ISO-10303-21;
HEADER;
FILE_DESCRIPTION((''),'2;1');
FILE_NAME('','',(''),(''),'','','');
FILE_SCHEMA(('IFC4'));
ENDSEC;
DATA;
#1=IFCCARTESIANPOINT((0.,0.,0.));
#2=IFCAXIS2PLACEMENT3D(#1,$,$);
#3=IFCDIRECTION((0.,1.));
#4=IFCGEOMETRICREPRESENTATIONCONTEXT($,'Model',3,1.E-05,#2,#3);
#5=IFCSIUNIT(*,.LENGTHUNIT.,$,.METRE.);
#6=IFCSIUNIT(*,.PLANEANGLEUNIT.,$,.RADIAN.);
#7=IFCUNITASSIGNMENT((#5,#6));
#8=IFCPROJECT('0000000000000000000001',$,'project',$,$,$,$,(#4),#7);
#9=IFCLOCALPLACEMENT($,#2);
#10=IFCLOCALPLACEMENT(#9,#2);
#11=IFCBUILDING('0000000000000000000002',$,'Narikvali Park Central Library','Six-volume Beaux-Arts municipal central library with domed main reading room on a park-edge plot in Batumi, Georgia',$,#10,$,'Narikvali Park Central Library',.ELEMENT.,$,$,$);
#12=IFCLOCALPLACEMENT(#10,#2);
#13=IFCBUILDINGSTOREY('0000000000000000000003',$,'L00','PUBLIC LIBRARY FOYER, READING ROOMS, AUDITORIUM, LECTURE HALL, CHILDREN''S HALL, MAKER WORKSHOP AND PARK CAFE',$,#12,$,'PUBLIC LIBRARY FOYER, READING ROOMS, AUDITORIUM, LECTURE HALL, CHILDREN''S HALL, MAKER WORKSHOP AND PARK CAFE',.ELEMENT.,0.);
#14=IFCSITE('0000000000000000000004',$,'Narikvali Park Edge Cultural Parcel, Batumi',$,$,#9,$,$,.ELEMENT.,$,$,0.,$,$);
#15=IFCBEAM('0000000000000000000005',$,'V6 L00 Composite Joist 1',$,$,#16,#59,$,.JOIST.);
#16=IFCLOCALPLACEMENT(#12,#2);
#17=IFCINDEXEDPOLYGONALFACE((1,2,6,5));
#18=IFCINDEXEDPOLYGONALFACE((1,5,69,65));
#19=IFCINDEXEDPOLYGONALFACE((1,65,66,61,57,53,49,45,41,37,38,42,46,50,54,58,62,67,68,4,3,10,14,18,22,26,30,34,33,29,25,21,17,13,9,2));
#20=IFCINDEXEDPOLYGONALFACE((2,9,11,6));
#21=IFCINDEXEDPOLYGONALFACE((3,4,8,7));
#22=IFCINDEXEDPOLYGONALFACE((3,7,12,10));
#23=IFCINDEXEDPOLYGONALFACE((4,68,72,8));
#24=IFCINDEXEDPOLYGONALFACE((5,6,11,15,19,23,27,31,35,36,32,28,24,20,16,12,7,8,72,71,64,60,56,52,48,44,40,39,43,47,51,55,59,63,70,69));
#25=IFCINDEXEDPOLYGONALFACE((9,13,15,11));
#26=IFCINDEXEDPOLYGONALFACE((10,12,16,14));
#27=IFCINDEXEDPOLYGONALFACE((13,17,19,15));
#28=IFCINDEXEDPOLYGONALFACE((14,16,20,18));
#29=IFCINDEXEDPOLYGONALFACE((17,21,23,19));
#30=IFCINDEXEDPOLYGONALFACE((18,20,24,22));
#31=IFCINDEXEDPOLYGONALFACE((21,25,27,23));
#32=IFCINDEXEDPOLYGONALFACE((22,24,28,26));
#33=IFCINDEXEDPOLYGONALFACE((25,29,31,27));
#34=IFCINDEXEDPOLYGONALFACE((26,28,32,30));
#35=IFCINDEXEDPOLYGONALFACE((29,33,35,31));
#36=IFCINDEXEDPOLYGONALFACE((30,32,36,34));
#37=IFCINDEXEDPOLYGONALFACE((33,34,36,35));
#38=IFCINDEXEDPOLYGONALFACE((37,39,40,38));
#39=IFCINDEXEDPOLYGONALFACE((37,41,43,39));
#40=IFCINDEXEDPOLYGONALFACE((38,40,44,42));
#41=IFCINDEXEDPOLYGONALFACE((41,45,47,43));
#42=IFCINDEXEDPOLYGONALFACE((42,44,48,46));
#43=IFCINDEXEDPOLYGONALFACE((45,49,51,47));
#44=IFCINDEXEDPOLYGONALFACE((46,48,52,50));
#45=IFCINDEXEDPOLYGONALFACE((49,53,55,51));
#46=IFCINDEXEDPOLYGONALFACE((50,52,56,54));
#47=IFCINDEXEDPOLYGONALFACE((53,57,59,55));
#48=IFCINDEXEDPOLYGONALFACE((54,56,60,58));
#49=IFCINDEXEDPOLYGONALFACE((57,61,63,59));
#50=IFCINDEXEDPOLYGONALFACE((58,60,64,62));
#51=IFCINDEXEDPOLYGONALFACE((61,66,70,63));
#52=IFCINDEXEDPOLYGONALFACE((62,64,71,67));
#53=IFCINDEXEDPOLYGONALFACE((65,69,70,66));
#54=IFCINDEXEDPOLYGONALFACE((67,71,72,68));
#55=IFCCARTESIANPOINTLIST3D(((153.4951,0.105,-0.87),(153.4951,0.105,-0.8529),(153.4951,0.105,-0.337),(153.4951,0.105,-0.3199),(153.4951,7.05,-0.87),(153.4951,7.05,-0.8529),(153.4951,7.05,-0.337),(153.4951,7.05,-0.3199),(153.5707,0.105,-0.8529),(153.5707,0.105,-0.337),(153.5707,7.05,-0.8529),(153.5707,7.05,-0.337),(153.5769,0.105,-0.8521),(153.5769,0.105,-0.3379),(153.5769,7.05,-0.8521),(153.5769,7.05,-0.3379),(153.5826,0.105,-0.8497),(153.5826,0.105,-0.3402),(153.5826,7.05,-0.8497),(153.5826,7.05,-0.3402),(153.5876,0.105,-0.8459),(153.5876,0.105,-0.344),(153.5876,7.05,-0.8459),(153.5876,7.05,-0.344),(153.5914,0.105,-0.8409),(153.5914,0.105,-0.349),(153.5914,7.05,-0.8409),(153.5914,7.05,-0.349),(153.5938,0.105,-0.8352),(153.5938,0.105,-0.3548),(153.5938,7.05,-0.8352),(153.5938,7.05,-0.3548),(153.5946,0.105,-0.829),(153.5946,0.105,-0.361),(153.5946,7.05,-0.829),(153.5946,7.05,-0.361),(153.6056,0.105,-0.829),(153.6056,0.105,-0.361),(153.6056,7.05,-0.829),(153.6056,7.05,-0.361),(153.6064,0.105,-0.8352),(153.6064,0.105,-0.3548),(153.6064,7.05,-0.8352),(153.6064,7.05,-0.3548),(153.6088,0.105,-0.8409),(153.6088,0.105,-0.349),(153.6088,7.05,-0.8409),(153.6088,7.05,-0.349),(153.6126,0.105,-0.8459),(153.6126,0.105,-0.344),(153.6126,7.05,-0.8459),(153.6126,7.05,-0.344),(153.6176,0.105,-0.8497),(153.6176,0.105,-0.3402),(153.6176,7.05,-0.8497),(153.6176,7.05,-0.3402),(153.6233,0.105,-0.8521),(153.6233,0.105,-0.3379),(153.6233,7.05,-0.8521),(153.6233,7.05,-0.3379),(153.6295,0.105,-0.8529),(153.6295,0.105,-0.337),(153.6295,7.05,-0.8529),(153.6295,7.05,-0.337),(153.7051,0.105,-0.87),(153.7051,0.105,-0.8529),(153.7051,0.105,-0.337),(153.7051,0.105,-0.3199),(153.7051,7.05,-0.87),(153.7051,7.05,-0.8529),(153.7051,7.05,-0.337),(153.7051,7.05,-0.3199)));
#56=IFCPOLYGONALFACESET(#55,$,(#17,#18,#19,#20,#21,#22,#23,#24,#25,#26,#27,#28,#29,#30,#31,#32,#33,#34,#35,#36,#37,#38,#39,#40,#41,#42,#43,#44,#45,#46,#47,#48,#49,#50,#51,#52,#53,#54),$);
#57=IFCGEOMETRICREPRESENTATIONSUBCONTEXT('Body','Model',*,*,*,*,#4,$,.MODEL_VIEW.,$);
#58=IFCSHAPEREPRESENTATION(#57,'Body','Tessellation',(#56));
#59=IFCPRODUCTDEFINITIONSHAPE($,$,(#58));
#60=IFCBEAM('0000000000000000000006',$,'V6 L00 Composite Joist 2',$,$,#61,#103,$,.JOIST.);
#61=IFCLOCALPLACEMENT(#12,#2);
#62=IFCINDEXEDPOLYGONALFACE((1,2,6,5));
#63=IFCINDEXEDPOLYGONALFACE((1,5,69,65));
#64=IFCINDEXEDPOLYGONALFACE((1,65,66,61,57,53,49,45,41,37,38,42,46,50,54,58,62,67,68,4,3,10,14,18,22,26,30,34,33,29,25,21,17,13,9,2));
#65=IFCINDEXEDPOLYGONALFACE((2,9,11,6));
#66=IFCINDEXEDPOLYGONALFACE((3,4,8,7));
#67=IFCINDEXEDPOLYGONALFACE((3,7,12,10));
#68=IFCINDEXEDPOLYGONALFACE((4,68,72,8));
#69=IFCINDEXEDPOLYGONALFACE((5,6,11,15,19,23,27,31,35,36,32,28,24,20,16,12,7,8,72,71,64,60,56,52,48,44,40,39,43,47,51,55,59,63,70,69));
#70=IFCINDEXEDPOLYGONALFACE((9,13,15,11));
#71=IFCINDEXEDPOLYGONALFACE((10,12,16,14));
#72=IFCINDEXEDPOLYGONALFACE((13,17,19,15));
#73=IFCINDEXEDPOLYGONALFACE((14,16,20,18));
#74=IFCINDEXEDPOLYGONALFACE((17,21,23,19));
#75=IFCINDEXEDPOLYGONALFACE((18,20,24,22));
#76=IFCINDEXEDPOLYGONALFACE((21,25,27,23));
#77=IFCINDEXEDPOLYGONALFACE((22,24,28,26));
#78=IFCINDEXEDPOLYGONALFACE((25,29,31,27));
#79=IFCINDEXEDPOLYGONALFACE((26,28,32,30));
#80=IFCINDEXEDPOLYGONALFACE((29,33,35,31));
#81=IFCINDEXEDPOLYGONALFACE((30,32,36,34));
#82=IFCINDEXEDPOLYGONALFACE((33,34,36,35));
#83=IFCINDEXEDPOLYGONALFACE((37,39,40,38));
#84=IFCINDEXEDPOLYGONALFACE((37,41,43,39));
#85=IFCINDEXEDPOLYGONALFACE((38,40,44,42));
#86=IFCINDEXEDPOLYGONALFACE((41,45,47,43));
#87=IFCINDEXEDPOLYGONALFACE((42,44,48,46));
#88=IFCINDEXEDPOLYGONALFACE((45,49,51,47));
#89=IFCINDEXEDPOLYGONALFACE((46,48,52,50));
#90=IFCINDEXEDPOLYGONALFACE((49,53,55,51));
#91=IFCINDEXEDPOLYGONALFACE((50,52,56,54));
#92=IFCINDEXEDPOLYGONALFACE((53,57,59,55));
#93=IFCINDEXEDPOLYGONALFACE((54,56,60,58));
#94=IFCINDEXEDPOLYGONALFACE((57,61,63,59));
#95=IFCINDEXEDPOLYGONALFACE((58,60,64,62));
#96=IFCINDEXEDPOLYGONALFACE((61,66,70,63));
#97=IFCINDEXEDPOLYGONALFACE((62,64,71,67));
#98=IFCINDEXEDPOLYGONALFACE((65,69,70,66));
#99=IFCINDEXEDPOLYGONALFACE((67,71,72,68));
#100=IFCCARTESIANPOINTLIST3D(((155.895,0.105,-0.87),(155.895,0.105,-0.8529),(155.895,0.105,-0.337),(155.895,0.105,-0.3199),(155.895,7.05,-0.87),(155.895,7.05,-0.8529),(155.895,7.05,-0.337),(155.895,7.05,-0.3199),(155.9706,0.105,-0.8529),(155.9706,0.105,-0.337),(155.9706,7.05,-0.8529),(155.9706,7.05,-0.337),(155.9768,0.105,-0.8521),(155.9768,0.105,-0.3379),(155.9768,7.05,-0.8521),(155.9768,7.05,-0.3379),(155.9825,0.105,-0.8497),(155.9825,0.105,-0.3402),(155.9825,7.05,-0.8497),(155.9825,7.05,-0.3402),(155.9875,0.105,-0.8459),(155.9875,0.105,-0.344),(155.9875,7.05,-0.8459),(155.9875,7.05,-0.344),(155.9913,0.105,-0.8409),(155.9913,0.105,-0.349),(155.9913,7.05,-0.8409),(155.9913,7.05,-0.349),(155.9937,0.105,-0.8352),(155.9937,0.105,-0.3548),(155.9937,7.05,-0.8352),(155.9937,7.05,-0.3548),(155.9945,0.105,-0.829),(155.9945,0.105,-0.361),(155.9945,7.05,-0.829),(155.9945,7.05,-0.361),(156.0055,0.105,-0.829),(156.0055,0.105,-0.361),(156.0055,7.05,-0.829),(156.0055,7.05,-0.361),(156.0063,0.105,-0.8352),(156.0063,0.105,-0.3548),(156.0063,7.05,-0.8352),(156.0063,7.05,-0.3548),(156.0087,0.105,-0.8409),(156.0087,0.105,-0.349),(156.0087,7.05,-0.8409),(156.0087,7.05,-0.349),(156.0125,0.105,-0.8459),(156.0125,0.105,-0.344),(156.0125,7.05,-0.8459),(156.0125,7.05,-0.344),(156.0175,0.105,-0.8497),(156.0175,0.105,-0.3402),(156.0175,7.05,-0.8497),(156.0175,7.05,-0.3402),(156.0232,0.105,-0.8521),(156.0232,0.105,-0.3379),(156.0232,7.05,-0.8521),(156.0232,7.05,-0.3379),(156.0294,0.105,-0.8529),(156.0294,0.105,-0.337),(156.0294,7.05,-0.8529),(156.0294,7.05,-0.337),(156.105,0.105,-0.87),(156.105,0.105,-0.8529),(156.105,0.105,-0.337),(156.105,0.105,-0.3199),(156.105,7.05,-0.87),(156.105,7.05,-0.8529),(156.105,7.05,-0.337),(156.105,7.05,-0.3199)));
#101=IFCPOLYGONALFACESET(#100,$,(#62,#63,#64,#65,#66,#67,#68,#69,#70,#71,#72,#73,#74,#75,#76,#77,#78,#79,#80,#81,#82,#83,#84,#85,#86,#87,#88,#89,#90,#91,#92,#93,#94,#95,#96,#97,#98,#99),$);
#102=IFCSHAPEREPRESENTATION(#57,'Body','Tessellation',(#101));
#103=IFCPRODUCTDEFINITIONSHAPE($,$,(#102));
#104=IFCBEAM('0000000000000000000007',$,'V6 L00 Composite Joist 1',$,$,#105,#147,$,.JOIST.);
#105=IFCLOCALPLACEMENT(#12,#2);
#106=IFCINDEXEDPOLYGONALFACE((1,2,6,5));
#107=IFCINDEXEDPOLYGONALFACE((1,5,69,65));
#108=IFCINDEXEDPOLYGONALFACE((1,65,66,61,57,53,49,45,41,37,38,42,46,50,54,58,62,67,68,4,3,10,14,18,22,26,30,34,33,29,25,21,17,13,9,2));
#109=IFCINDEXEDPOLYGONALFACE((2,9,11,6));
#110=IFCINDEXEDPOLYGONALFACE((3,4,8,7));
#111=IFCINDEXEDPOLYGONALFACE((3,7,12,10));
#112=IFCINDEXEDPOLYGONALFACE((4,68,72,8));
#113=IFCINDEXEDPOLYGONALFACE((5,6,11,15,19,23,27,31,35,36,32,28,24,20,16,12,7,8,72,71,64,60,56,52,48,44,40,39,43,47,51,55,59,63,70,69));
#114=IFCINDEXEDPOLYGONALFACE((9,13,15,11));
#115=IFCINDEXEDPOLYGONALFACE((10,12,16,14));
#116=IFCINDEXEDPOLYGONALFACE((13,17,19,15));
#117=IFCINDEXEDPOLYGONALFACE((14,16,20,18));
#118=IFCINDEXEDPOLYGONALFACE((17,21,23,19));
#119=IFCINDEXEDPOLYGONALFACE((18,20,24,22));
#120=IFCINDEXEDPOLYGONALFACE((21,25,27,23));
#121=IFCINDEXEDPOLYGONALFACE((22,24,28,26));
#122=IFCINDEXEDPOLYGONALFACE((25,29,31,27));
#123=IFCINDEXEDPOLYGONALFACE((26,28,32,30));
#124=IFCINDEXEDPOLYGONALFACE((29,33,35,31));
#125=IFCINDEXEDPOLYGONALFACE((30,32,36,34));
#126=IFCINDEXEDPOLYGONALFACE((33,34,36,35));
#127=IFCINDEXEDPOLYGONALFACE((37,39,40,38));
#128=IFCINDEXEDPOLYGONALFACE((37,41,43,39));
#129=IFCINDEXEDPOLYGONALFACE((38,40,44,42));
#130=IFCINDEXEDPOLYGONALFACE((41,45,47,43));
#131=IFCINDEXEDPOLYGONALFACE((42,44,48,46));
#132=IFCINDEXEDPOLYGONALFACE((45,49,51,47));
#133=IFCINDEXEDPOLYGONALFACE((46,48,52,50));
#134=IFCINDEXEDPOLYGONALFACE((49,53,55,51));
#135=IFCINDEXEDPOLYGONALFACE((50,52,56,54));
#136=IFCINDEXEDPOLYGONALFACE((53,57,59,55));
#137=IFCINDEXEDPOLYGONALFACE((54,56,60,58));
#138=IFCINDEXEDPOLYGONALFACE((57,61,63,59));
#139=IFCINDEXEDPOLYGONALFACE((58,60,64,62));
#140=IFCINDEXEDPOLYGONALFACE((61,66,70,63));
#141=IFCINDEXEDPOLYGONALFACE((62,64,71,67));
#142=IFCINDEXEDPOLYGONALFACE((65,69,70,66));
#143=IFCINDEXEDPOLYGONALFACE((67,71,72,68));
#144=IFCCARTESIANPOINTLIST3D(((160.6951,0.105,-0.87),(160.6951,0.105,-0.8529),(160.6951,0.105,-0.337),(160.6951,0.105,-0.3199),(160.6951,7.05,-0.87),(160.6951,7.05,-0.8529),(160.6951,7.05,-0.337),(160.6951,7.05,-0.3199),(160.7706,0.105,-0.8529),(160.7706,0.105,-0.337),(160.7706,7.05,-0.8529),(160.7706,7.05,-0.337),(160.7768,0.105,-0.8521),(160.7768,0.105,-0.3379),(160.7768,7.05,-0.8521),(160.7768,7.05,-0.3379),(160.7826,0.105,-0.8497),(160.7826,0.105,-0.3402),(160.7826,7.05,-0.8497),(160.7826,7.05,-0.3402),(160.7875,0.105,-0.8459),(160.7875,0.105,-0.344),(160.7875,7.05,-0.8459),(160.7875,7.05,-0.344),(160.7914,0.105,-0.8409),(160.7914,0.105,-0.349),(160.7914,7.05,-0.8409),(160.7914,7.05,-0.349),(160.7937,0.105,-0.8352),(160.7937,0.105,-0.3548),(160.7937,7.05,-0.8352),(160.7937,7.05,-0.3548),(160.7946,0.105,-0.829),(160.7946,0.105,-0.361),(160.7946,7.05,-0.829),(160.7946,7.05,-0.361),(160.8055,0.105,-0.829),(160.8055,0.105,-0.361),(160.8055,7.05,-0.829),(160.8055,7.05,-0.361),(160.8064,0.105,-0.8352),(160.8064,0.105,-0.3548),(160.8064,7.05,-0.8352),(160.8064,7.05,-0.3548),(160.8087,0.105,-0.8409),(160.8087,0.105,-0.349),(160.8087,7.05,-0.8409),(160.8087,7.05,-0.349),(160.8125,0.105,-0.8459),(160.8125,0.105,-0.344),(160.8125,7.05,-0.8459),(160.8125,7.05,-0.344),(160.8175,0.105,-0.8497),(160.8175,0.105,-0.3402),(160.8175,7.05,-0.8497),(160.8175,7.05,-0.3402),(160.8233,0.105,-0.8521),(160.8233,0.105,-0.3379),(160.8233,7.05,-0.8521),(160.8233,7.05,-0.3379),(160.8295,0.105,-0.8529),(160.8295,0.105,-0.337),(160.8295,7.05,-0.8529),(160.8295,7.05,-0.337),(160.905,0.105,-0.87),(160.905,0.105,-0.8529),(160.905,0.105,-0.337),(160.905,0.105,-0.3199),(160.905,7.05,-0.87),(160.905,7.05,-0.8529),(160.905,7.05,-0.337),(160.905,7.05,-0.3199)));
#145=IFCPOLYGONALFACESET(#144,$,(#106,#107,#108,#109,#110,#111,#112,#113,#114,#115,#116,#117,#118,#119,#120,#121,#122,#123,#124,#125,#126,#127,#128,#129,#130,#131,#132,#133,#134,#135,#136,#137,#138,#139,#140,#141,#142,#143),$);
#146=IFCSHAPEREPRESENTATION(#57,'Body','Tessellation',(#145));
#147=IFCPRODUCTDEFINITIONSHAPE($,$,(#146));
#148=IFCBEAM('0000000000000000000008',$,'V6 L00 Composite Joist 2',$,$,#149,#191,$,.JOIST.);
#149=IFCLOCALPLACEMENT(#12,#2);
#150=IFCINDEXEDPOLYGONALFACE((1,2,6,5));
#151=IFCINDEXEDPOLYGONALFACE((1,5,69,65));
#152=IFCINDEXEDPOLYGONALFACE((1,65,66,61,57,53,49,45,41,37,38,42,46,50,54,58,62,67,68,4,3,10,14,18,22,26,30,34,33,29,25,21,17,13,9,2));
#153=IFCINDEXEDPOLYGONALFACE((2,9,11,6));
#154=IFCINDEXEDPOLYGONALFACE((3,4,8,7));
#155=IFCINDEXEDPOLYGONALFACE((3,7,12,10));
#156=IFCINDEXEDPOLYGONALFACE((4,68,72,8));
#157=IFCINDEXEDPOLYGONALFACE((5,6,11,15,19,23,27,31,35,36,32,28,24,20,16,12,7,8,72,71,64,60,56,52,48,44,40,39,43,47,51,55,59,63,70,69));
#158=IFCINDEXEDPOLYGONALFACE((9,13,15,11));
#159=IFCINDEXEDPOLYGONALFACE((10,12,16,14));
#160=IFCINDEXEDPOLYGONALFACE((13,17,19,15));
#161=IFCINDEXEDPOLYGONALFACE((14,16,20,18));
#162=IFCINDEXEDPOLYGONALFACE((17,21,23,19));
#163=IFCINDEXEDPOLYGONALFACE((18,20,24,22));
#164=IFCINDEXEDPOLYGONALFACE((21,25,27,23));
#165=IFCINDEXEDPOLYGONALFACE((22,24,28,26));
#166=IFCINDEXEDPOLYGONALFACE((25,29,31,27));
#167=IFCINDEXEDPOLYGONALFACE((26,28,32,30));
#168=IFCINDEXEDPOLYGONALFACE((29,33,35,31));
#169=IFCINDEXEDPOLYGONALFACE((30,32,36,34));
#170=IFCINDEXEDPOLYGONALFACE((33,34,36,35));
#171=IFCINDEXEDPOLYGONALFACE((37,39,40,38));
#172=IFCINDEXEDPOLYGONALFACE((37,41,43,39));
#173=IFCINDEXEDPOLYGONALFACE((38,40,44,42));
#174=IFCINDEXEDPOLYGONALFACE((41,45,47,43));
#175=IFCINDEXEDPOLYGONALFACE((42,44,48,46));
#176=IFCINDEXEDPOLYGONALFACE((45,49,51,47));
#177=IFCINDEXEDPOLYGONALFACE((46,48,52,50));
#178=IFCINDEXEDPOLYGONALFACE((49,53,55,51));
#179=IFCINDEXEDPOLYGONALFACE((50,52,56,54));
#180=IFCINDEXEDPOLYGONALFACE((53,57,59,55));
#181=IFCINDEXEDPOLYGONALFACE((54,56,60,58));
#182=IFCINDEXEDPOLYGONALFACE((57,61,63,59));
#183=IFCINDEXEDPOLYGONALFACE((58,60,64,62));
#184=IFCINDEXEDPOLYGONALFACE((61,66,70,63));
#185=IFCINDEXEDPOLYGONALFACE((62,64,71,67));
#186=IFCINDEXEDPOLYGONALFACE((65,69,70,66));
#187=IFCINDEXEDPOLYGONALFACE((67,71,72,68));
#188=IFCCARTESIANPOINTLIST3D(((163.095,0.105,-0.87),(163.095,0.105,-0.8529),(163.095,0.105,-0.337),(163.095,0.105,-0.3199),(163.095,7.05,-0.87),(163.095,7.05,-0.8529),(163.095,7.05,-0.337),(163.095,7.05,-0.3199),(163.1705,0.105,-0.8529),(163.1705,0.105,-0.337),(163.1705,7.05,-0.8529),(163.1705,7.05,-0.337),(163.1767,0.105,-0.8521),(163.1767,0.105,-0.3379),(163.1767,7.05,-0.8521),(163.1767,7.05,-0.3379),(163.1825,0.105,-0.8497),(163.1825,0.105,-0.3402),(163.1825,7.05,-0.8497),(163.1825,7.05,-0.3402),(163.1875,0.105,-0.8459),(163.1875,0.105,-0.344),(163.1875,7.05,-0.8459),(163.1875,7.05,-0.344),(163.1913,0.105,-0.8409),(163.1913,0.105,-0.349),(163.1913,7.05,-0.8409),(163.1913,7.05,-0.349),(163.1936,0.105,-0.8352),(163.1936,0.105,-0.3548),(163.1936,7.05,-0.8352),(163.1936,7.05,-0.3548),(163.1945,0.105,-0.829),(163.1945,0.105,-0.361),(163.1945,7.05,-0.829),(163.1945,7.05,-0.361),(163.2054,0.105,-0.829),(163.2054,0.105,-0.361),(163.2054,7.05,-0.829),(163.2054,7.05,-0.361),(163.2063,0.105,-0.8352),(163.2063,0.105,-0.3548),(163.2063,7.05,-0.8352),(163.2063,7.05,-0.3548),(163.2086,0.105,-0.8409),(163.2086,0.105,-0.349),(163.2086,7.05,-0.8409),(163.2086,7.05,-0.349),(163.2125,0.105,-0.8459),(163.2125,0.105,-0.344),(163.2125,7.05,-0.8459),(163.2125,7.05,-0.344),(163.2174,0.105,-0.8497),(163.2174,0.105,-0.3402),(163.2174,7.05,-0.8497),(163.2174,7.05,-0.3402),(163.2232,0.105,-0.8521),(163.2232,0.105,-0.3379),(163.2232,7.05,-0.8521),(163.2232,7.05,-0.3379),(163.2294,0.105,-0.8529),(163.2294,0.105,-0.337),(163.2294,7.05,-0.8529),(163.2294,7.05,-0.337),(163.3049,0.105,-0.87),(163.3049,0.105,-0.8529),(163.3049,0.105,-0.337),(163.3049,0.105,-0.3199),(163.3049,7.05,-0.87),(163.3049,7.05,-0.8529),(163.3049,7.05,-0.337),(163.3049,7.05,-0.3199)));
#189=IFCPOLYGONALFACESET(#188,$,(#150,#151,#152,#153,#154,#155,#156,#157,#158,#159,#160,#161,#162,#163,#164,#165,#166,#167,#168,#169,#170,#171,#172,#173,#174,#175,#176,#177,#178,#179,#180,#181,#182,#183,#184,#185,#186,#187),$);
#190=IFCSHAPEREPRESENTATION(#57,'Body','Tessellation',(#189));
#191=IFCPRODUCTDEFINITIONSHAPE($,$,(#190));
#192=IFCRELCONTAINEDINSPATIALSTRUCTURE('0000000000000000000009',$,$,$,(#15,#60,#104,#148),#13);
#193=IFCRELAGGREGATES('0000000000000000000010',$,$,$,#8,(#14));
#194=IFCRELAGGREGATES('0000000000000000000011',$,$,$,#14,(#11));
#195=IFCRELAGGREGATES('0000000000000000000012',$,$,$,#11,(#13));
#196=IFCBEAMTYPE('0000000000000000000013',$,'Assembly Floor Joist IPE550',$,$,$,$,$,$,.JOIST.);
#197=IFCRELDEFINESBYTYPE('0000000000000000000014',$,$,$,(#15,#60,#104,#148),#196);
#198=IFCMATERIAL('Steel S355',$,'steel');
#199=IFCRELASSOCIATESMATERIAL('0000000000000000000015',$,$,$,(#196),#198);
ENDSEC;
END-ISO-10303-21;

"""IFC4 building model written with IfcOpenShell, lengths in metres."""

from ifc_helpers import new_model, si_unit, direction, frame, origin, origin_2d, place, context, subcontext, project, spatial, i_section, extrude, material, material_profile, profile_set, type_object, element, save


model = new_model("IFC4")

# Units and contexts
model_context = context("Model", 3, precision=1e-05, world=origin(), true_north=direction((0.0, 1.0)))
body_context = subcontext(model_context, "Body", "Model", "MODEL_VIEW")
ifc_project = project(units=[si_unit("LENGTHUNIT", "METRE"), si_unit("PLANEANGLEUNIT", "RADIAN")], contexts=[model_context])

# Site, building, storey
site_placement = place(None, origin())
site = spatial("IfcSite", under=ifc_project, at=site_placement, Name="Narikvali Park Edge Cultural Parcel, Batumi", CompositionType="ELEMENT", RefElevation=0.0)
building_placement = place(site_placement, origin())
building = spatial("IfcBuilding", under=site, at=building_placement, Name="Narikvali Park Central Library", Description="Six-volume Beaux-Arts municipal central library with domed main reading room on a park-edge plot in Batumi, Georgia", LongName="Narikvali Park Central Library", CompositionType="ELEMENT")
storey_placement = place(building_placement, origin())
storey = spatial("IfcBuildingStorey", under=building, at=storey_placement, Name="L00", Description="PUBLIC LIBRARY FOYER, READING ROOMS, AUDITORIUM, LECTURE HALL, CHILDREN'S HALL, MAKER WORKSHOP AND PARK CAFE", LongName="PUBLIC LIBRARY FOYER, READING ROOMS, AUDITORIUM, LECTURE HALL, CHILDREN'S HALL, MAKER WORKSHOP AND PARK CAFE", CompositionType="ELEMENT", Elevation=0.0)

# Shared definitions
ifc_material_1 = material(Name="Steel S355", Category="steel")

# Beams
ifc_material_profile_1 = material_profile(ifc_material_1, i_section(OverallWidth=0.21, OverallDepth=0.55, WebThickness=0.011, FlangeThickness=0.0171, FilletRadius=0.0239, at=origin_2d()), Name="IPE 550")
ifc_profile_set_1 = profile_set([ifc_material_profile_1], Name="Steel S355")
beam_type_1 = type_object("IfcBeamType", Name="Assembly Floor Joist IPE550", PredefinedType="JOIST", material=ifc_profile_set_1)
for number, where, z_axis, x_axis, name in (
    (1, (153.6001, 0.105, -0.595), (0.0, 1.0, 0.0), (-1.0, 0.0, 0.0), "V6 L00 Composite Joist 1"),
    (2, (156.0, 0.105, -0.595), (0.0, 1.0, 0.0), (-1.0, 0.0, 0.0), "V6 L00 Composite Joist 2"),
    (3, (160.8, 0.105, -0.595), (0.0, 1.0, 0.0), (-1.0, 0.0, 0.0), "V6 L00 Composite Joist 1"),
    (4, (163.2, 0.105, -0.595), (0.0, 1.0, 0.0), (-1.0, 0.0, 0.0), "V6 L00 Composite Joist 2"),
):
    element("IfcBeam", number, at=place(storey_placement, frame(where, z_axis=z_axis, x_axis=x_axis)), inside=storey, type_object=beam_type_1, Name=name, PredefinedType="JOIST", context=body_context, shape_type="SweptSolid", body=[
        extrude(i_section(OverallWidth=0.21, OverallDepth=0.55, WebThickness=0.011, FlangeThickness=0.0171, FilletRadius=0.0239, at=origin_2d()), origin(), (0.0, 0.0, 1.0), 6.9451),
    ])

save(model, "model.ifc")
